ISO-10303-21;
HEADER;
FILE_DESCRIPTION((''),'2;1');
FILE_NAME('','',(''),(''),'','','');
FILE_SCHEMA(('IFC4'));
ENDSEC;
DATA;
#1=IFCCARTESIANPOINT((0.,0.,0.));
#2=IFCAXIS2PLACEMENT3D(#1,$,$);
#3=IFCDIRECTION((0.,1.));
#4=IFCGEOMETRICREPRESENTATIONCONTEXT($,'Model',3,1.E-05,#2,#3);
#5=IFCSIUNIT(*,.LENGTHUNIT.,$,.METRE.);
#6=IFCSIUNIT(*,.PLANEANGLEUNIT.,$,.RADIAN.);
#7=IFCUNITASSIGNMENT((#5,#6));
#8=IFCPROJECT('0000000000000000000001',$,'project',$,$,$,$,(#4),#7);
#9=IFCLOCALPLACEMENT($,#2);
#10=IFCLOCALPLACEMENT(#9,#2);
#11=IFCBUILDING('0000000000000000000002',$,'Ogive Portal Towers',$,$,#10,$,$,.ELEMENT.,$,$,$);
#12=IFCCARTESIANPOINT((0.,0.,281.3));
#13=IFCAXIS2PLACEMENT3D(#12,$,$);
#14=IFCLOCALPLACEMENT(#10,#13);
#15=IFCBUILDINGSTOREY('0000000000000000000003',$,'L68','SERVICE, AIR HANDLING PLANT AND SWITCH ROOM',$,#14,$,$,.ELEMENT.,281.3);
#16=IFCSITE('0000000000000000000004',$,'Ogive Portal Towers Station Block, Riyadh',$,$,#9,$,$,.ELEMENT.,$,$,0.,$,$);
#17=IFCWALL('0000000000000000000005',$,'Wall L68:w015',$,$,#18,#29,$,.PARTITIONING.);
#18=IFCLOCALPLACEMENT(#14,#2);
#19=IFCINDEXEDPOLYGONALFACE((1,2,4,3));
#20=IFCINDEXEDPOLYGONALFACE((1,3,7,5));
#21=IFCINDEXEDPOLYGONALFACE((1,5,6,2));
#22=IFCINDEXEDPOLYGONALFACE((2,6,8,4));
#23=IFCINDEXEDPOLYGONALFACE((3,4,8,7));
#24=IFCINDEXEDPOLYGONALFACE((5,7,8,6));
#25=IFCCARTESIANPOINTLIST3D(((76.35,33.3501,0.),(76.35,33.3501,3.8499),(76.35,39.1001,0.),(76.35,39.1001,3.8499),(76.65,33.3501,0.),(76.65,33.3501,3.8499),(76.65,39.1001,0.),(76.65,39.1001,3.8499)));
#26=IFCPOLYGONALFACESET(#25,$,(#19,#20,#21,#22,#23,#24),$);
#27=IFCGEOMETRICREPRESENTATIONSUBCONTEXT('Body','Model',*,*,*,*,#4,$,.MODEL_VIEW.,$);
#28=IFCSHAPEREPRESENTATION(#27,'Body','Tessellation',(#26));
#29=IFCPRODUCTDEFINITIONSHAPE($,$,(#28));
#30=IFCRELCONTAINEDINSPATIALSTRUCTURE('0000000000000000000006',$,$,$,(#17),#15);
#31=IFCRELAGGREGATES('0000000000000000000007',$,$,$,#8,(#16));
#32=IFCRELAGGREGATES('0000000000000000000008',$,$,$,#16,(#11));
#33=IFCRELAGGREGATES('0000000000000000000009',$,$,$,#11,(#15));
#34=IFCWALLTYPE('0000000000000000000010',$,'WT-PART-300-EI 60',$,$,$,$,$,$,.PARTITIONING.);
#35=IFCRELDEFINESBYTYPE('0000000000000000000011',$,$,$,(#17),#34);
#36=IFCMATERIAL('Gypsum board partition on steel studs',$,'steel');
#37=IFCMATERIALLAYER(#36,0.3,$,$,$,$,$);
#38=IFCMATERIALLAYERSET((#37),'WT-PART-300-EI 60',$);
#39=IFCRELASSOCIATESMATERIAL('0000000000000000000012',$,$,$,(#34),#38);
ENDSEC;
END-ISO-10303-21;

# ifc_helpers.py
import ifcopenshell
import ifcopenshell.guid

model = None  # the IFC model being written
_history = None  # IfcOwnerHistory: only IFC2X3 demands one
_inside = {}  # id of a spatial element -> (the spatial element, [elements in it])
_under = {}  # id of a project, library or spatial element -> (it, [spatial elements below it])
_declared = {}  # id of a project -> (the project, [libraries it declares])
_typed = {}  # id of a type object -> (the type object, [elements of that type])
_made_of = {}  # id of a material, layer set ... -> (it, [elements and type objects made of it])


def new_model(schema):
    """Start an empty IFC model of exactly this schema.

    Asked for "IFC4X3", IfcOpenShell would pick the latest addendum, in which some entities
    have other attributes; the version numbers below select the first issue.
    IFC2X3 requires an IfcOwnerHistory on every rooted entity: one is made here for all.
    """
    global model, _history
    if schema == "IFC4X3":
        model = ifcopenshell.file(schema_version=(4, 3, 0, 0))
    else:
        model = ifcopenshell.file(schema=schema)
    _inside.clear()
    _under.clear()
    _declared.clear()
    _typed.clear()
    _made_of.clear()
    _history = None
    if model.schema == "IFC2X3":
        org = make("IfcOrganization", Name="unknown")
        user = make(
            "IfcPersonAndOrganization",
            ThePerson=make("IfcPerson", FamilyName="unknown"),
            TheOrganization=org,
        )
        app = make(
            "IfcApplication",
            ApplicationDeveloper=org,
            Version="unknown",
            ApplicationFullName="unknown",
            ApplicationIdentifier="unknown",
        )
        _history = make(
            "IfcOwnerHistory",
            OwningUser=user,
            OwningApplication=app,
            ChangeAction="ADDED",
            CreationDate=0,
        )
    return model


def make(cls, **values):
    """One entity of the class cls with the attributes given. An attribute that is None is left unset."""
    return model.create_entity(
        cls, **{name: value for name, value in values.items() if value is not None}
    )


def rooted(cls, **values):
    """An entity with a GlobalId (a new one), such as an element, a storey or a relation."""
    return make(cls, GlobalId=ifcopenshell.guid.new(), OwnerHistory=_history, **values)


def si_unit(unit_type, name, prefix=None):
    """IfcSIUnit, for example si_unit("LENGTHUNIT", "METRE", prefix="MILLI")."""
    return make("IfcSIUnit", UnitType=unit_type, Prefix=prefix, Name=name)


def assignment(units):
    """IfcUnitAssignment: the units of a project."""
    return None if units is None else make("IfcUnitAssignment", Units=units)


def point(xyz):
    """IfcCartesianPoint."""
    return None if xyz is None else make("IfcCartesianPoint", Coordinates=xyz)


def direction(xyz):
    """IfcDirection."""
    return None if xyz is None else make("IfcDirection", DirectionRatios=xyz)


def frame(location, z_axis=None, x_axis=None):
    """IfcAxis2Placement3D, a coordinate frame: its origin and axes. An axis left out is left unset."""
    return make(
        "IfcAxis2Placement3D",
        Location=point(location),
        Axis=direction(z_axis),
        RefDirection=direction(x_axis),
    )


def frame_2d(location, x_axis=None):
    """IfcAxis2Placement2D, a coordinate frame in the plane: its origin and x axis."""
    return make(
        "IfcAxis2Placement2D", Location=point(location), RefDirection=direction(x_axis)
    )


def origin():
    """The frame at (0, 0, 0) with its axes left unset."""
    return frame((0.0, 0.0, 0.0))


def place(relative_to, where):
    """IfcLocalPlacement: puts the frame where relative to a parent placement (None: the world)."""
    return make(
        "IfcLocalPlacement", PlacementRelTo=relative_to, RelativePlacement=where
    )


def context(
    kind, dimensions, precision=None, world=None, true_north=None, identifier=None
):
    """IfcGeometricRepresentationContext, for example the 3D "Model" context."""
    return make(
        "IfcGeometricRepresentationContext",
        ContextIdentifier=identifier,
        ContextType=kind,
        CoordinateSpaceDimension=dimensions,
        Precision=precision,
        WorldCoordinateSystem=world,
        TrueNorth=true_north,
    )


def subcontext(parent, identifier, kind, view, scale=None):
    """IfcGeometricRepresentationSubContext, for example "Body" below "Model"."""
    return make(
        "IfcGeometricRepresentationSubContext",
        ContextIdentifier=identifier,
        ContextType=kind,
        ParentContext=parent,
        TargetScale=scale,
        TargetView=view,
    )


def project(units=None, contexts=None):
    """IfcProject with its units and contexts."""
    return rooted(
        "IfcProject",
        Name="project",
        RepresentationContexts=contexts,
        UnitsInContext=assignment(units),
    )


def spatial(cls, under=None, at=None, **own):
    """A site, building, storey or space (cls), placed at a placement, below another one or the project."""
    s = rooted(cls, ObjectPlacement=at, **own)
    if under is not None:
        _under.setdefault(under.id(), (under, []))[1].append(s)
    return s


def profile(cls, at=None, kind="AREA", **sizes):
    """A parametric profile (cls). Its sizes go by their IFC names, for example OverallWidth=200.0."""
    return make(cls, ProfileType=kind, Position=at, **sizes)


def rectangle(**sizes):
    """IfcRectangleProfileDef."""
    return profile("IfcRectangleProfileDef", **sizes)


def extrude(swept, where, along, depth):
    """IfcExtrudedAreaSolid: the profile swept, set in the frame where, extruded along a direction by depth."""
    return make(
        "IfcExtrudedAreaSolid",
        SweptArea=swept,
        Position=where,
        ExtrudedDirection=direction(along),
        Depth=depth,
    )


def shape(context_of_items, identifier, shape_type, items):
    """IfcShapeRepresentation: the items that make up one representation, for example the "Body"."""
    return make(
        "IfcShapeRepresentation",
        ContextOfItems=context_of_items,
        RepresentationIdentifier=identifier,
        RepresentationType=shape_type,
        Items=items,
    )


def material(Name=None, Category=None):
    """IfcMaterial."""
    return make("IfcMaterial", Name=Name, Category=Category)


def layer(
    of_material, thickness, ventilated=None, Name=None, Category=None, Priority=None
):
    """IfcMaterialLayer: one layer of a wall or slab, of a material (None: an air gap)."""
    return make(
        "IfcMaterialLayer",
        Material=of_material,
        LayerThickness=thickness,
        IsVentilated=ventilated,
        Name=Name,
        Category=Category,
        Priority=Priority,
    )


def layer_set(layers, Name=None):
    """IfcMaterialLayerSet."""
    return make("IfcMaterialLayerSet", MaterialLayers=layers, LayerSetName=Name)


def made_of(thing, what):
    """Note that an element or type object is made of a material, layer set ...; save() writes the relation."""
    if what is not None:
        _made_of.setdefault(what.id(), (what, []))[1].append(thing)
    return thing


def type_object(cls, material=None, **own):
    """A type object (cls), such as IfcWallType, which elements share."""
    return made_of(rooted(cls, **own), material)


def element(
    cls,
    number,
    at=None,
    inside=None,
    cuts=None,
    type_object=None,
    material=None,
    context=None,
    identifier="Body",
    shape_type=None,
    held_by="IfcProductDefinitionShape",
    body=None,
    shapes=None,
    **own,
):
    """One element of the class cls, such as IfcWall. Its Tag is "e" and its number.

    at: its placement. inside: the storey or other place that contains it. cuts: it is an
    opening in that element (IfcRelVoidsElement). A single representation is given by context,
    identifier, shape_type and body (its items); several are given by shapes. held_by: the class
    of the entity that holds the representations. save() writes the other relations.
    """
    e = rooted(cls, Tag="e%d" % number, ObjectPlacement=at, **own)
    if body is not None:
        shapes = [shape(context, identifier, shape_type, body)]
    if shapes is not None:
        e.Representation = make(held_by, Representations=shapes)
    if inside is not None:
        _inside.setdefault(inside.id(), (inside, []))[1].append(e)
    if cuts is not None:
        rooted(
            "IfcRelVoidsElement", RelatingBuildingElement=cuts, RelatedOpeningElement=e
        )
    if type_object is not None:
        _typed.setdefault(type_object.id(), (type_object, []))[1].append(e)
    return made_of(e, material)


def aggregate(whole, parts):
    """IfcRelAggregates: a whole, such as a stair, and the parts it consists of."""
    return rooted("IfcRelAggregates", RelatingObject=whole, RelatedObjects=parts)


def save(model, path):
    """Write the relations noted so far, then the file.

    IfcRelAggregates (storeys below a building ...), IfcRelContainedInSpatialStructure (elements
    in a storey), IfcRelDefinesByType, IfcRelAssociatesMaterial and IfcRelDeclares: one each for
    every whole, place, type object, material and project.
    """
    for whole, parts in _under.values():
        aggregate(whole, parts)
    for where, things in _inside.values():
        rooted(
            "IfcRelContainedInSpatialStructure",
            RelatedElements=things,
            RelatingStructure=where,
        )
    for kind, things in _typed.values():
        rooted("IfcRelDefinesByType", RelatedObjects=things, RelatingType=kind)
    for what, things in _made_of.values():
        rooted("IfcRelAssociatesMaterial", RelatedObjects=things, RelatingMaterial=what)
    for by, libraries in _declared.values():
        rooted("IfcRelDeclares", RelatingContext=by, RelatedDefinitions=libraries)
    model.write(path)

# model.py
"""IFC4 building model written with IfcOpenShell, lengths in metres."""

from ifc_helpers import new_model, si_unit, direction, frame, frame_2d, origin, place, context, subcontext, project, spatial, rectangle, extrude, material, layer, layer_set, type_object, element, save


model = new_model("IFC4")

# Units and contexts
model_context = context("Model", 3, precision=1e-05, world=origin(), true_north=direction((0.0, 1.0)))
body_context = subcontext(model_context, "Body", "Model", "MODEL_VIEW")
ifc_project = project(units=[si_unit("LENGTHUNIT", "METRE"), si_unit("PLANEANGLEUNIT", "RADIAN")], contexts=[model_context])

# Site, building, storey
site_placement = place(None, origin())
site = spatial("IfcSite", under=ifc_project, at=site_placement, Name="Ogive Portal Towers Station Block, Riyadh", CompositionType="ELEMENT", RefElevation=0.0)
building_placement = place(site_placement, origin())
building = spatial("IfcBuilding", under=site, at=building_placement, Name="Ogive Portal Towers", CompositionType="ELEMENT")
storey_placement = place(building_placement, frame((0.0, 0.0, 281.3)))
storey = spatial("IfcBuildingStorey", under=building, at=storey_placement, Name="L68", Description="SERVICE, AIR HANDLING PLANT AND SWITCH ROOM", CompositionType="ELEMENT", Elevation=281.3)

# Wall
ifc_material_1 = material(Name="Gypsum board partition on steel studs", Category="steel")
ifc_layer_1 = layer(ifc_material_1, 0.3)
ifc_layer_set_1 = layer_set([ifc_layer_1], Name="WT-PART-300-EI 60")
wall_type = type_object("IfcWallType", Name="WT-PART-300-EI 60", PredefinedType="PARTITIONING", material=ifc_layer_set_1)
wall_1_placement = place(storey_placement, frame((76.5, 33.3501, 0.0), z_axis=(0.0, 0.0, 1.0), x_axis=(0.0, 1.0, 0.0)))
element("IfcWall", 1, at=wall_1_placement, inside=storey, type_object=wall_type, Name="Wall L68:w015", PredefinedType="PARTITIONING", context=body_context, shape_type="SweptSolid", body=[
    extrude(rectangle(XDim=5.75, YDim=0.3, at=frame_2d((2.875, 0.0))), origin(), (0.0, 0.0, 1.0), 3.8499),
])

save(model, "model.ifc")
